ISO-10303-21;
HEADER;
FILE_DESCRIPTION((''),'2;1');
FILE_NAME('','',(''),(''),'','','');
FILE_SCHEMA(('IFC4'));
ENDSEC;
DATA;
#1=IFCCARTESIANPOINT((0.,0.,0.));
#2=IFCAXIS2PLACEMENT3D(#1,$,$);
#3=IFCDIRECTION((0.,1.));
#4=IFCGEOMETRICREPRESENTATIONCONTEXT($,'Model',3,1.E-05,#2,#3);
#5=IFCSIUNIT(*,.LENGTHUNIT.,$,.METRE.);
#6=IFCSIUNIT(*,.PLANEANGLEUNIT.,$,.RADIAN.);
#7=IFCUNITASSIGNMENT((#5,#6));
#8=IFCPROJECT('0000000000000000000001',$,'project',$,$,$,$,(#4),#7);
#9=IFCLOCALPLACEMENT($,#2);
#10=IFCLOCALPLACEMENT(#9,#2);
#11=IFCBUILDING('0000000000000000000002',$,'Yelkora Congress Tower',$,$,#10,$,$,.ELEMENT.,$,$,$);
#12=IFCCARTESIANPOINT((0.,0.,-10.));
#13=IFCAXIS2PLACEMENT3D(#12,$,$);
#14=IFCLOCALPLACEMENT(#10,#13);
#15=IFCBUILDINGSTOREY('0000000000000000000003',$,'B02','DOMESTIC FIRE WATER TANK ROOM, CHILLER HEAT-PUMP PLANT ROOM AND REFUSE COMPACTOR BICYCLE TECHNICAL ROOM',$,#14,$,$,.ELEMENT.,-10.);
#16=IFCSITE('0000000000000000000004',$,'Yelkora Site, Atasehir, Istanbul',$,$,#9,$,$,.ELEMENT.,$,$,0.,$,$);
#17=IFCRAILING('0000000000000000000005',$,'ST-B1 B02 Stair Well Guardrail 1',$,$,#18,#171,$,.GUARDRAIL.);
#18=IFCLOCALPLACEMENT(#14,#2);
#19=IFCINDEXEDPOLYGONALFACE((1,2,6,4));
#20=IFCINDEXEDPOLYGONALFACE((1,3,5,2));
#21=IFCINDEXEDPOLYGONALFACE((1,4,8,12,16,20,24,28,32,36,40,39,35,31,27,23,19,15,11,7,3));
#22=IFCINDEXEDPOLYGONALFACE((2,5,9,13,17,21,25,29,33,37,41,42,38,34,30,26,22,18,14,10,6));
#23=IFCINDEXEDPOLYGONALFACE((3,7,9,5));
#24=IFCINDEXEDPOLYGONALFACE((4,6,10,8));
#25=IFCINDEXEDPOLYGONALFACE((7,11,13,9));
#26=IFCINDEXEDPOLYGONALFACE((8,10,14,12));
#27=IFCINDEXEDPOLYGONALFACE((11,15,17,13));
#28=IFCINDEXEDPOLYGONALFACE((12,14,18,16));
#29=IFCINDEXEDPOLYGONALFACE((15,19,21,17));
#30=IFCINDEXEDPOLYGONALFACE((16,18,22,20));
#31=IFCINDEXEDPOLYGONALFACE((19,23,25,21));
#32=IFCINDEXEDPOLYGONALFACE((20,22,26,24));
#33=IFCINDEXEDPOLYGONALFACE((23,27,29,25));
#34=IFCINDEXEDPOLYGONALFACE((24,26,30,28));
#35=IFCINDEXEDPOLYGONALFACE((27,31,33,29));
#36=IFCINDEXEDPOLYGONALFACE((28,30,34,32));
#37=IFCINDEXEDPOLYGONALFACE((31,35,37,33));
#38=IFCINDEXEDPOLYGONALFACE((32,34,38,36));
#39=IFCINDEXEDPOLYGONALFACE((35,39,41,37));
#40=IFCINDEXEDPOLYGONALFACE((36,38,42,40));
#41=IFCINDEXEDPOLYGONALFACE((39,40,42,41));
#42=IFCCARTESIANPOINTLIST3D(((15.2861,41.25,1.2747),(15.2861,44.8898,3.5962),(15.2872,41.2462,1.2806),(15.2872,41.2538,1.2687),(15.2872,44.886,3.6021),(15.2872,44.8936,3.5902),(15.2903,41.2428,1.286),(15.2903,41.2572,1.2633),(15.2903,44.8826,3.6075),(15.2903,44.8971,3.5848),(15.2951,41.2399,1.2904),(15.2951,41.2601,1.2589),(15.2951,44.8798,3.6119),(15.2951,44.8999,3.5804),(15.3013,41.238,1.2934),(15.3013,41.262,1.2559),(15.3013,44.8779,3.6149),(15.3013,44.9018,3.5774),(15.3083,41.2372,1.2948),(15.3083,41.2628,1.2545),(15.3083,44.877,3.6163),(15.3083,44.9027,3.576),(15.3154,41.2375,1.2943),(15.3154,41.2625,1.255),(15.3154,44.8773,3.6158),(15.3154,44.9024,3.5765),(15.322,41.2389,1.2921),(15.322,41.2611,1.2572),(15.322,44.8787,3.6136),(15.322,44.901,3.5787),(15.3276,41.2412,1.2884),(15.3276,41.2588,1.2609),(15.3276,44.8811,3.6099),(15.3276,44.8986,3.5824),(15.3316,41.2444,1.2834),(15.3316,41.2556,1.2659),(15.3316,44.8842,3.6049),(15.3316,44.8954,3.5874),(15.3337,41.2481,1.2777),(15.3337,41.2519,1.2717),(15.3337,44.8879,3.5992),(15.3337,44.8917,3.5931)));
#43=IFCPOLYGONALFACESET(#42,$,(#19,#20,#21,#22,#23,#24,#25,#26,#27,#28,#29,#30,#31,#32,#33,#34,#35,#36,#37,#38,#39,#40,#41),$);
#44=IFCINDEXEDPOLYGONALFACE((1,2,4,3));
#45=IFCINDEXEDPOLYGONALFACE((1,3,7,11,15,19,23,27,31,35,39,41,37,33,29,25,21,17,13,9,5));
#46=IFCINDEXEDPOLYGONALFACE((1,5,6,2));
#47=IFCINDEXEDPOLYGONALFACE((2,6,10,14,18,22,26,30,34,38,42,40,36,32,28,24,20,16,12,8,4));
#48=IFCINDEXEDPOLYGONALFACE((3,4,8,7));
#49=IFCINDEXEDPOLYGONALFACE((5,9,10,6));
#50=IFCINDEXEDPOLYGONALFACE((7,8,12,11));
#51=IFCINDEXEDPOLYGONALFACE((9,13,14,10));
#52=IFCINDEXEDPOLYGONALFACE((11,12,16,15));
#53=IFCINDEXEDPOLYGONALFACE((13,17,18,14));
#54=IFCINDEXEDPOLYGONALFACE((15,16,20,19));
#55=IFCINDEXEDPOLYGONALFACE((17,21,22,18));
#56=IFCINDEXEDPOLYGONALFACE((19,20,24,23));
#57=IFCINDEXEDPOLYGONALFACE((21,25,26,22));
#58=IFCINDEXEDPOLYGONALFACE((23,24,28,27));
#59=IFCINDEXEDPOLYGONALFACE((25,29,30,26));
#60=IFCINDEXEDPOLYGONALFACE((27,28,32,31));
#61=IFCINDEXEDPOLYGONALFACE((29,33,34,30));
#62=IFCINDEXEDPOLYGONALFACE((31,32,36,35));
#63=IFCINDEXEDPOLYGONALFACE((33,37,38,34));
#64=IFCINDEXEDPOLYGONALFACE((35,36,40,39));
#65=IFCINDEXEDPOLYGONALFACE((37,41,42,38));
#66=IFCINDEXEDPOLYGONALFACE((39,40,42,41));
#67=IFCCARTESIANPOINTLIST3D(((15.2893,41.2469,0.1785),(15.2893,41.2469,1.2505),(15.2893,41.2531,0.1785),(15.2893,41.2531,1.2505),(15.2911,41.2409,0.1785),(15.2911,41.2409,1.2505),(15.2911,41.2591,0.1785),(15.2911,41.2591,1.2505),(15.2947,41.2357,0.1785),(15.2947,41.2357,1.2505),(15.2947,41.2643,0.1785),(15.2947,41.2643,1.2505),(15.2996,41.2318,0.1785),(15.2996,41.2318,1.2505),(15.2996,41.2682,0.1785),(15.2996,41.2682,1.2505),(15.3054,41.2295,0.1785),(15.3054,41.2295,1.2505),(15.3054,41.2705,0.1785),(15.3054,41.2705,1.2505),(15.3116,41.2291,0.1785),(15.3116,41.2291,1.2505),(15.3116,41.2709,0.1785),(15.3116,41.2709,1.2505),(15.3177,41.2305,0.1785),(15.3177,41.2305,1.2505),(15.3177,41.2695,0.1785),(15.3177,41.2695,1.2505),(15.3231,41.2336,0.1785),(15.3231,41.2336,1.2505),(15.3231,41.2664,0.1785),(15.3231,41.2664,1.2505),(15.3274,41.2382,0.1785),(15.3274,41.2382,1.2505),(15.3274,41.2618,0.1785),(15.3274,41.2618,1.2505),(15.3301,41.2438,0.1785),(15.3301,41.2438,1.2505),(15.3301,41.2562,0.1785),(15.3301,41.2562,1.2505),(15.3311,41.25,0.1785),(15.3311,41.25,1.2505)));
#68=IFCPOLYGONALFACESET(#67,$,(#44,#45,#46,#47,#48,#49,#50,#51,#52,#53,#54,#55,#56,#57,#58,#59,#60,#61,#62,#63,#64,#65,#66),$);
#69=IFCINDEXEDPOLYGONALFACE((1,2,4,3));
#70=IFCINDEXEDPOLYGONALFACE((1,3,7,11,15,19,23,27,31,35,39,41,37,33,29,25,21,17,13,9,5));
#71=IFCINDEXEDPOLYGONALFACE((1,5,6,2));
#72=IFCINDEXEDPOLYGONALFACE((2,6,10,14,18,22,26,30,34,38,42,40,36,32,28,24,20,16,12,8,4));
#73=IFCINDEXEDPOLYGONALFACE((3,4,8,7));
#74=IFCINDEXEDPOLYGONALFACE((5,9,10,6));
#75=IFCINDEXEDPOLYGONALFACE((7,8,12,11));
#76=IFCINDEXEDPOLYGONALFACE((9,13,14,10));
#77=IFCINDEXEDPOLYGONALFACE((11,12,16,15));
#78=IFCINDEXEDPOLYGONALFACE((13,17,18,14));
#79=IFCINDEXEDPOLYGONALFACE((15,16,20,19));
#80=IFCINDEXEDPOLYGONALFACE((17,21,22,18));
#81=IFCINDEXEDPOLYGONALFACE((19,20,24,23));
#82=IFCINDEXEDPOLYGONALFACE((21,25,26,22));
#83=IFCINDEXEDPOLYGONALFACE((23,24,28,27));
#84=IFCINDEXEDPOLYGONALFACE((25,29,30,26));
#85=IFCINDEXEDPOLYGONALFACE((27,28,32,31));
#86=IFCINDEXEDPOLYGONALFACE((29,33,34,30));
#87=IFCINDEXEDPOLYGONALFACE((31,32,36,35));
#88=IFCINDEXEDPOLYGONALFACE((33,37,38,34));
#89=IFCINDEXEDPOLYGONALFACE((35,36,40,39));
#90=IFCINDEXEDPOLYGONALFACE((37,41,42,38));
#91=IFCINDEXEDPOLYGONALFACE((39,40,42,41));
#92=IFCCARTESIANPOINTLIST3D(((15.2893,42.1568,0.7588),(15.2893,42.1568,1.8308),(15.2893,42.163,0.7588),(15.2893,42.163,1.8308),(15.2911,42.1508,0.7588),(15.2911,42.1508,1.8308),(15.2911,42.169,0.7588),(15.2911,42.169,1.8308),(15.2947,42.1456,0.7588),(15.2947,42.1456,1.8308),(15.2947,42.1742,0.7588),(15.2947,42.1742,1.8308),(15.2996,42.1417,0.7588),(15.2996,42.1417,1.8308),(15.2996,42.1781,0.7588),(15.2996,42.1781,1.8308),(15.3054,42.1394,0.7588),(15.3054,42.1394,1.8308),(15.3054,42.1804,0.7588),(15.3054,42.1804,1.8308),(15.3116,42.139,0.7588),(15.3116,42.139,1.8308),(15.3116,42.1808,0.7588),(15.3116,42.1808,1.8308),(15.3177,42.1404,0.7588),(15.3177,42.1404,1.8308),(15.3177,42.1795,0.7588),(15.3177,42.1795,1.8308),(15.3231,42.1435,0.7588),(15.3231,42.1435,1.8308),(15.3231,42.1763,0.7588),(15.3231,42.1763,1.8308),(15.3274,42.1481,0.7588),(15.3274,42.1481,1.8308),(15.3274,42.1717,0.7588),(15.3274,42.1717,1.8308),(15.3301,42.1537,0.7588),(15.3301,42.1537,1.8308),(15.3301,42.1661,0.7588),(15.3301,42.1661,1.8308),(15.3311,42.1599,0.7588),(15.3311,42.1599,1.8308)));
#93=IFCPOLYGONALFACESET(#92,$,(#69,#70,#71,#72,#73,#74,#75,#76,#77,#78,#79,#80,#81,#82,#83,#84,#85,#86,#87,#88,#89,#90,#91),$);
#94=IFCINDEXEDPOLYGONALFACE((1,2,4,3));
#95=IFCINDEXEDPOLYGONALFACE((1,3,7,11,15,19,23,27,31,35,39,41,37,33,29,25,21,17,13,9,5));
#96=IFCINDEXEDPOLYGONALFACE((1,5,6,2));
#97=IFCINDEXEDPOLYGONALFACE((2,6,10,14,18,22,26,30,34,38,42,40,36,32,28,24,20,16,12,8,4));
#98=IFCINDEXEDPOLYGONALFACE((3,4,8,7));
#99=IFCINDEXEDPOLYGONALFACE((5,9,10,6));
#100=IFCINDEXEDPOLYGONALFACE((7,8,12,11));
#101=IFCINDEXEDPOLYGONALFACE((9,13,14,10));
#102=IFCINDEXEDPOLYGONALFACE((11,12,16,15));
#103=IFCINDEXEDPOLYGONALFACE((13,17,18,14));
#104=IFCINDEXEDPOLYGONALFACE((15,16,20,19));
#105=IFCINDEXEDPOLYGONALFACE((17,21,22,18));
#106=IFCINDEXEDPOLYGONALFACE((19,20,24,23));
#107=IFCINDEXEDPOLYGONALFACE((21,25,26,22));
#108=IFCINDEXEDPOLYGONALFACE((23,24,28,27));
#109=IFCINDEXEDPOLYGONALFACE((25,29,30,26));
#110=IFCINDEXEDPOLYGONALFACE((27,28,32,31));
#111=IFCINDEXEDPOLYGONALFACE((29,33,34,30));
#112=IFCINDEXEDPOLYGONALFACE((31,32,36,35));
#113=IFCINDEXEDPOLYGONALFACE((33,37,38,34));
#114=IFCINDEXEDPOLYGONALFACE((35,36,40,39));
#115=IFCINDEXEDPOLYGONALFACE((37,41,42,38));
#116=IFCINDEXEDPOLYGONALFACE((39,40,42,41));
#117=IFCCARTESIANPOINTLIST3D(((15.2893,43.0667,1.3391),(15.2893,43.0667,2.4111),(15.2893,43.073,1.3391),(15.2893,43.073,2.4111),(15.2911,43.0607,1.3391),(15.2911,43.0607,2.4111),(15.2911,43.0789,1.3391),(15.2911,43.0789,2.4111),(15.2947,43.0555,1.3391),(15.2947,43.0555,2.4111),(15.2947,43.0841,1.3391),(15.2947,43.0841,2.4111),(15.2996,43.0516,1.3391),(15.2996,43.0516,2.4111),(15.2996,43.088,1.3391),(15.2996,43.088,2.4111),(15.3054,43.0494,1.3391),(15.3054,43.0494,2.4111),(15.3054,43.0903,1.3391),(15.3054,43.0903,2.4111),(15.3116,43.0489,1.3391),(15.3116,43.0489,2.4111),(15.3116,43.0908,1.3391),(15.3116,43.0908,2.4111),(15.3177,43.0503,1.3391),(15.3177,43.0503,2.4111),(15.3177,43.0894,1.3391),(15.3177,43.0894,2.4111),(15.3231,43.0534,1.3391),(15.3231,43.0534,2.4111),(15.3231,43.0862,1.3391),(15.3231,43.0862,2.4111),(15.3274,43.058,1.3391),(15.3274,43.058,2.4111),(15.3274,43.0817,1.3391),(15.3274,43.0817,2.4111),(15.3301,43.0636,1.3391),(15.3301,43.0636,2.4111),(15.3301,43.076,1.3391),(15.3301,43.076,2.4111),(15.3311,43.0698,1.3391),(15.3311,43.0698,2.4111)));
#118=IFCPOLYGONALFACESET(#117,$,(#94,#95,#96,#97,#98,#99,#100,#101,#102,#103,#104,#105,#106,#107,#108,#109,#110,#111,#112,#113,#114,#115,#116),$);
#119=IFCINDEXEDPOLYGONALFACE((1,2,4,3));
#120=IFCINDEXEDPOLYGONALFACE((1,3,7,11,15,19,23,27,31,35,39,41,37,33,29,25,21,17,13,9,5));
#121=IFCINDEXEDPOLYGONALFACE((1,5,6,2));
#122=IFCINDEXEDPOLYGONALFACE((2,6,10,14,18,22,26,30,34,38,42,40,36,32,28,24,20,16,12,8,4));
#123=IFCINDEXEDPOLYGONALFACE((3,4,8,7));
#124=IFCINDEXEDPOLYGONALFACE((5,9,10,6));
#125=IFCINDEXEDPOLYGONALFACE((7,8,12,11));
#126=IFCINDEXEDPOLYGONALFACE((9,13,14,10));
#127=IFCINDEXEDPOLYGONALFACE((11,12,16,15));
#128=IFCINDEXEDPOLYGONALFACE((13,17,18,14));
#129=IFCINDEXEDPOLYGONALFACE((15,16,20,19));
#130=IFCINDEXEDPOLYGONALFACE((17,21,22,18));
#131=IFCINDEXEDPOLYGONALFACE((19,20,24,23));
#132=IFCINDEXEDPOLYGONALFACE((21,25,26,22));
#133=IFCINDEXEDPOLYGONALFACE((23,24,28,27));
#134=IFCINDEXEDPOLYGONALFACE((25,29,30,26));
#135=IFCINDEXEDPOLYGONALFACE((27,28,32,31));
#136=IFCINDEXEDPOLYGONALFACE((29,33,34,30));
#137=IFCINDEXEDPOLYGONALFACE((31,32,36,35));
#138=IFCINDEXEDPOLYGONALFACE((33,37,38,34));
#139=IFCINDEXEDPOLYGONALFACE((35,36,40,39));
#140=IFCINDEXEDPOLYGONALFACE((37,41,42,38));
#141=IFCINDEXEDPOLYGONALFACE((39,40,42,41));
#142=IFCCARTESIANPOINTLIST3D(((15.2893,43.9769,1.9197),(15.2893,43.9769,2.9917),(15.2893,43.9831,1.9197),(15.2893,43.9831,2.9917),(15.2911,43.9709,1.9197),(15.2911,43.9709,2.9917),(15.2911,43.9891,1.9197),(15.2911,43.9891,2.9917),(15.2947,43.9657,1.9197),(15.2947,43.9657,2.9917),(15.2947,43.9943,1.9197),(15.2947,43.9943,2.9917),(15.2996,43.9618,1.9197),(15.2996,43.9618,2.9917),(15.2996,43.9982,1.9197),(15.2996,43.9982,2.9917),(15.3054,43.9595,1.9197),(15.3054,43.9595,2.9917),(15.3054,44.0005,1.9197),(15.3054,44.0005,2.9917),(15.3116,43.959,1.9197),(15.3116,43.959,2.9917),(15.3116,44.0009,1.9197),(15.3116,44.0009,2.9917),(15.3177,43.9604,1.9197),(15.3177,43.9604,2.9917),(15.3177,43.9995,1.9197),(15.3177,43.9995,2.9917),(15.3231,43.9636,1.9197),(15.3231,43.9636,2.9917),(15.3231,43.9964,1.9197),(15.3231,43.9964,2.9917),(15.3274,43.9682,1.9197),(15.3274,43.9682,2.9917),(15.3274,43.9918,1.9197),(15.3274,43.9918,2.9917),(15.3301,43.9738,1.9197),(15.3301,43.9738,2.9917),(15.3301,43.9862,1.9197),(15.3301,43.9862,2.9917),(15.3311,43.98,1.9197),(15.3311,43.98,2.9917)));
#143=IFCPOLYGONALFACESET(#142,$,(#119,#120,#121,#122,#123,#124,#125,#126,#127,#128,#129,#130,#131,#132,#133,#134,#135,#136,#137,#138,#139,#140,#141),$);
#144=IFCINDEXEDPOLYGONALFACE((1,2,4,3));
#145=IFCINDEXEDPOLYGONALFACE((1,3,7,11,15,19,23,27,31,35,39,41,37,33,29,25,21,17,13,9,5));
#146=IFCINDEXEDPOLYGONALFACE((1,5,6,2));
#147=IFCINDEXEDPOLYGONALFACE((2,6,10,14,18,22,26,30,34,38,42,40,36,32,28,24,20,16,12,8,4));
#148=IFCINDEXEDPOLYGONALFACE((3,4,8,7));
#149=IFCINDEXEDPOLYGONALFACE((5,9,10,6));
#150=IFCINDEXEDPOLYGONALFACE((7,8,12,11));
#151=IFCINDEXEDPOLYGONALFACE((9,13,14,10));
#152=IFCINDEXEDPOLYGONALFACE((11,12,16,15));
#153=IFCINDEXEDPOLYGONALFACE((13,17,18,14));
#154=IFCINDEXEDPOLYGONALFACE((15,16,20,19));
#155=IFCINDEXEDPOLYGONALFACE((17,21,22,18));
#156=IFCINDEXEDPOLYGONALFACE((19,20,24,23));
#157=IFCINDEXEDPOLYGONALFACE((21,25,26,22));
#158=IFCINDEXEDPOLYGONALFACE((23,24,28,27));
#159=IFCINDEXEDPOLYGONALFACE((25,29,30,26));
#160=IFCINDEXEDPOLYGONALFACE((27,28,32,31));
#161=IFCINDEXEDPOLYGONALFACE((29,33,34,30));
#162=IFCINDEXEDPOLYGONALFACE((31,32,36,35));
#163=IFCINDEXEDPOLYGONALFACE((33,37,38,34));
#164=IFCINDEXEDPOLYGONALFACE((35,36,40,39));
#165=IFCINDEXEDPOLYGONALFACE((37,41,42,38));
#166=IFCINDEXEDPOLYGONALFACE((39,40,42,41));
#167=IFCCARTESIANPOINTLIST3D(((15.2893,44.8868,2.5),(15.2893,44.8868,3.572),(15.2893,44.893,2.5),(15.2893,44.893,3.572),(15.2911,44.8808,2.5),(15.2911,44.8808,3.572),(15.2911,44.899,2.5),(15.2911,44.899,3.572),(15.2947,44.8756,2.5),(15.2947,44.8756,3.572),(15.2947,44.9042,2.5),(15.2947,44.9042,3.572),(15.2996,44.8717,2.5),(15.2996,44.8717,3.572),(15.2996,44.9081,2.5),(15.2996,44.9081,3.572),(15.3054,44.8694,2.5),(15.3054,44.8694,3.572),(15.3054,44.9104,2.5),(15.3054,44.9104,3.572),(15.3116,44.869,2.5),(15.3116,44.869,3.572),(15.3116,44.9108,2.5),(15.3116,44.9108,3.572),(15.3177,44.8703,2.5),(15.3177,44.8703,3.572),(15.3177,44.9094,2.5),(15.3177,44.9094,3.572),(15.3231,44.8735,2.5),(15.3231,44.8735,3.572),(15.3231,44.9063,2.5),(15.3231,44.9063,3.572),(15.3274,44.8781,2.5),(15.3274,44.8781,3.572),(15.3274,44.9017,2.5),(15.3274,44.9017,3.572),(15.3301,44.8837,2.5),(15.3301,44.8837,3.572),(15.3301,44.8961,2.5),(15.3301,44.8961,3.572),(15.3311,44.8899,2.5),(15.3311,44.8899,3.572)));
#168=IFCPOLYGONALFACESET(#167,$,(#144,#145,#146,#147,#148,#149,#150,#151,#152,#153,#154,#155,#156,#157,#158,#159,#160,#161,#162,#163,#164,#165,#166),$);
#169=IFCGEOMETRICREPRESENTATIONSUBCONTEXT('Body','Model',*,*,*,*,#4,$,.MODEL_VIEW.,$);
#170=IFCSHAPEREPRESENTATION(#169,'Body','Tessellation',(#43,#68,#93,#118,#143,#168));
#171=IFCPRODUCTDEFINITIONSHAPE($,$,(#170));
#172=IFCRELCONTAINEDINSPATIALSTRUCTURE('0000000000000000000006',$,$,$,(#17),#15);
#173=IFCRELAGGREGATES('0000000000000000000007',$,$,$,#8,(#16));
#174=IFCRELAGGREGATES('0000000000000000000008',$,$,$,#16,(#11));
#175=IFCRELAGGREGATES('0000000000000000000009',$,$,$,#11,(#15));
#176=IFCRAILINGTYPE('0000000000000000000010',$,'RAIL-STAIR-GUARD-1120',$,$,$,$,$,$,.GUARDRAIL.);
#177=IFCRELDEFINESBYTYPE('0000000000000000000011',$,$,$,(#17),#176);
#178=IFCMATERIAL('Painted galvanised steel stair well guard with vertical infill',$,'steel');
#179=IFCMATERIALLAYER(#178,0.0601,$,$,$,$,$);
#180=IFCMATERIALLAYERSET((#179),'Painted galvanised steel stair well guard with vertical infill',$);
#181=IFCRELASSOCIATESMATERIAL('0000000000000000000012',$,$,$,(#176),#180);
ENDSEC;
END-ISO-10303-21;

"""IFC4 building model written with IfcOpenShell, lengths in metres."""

from ifc_helpers import new_model, si_unit, direction, frame, origin, origin_2d, place, context, subcontext, project, spatial, circle, extrude, material, layer, layer_set, type_object, element, save


model = new_model("IFC4")

# Units and contexts
model_context = context("Model", 3, precision=1e-05, world=origin(), true_north=direction((0.0, 1.0)))
body_context = subcontext(model_context, "Body", "Model", "MODEL_VIEW")
ifc_project = project(units=[si_unit("LENGTHUNIT", "METRE"), si_unit("PLANEANGLEUNIT", "RADIAN")], contexts=[model_context])

# Site, building, storey
site_placement = place(None, origin())
site = spatial("IfcSite", under=ifc_project, at=site_placement, Name="Yelkora Site, Atasehir, Istanbul", CompositionType="ELEMENT", RefElevation=0.0)
building_placement = place(site_placement, origin())
building = spatial("IfcBuilding", under=site, at=building_placement, Name="Yelkora Congress Tower", CompositionType="ELEMENT")
storey_placement = place(building_placement, frame((0.0, 0.0, -10.0)))
storey = spatial("IfcBuildingStorey", under=building, at=storey_placement, Name="B02", Description="DOMESTIC FIRE WATER TANK ROOM, CHILLER HEAT-PUMP PLANT ROOM AND REFUSE COMPACTOR BICYCLE TECHNICAL ROOM", CompositionType="ELEMENT", Elevation=-10.0)

# Railing
ifc_material_1 = material(Name="Painted galvanised steel stair well guard with vertical infill", Category="steel")
ifc_layer_1 = layer(ifc_material_1, 0.0601)
ifc_layer_set_1 = layer_set([ifc_layer_1], Name="Painted galvanised steel stair well guard with vertical infill")
railing_type_1 = type_object("IfcRailingType", Name="RAIL-STAIR-GUARD-1120", PredefinedType="GUARDRAIL", material=ifc_layer_set_1)
railing_1_placement = place(storey_placement, frame((15.3101, 41.25, 0.1785)))
element("IfcRailing", 1, at=railing_1_placement, inside=storey, type_object=railing_type_1, Name="ST-B1 B02 Stair Well Guardrail 1", PredefinedType="GUARDRAIL", context=body_context, shape_type="SweptSolid", body=[
    extrude(circle(Radius=0.0239, at=origin_2d()), frame((0.0, 0.0, 1.0962), z_axis=(0.0, 0.843112, 0.537739), x_axis=(-1.0, 0.0, 0.0)), (0.0, 0.0, 1.0), 4.3171),
    extrude(circle(Radius=0.021, at=origin_2d()), origin(), (0.0, 0.0, 1.0), 1.072),
    extrude(circle(Radius=0.021, at=origin_2d()), frame((0.0, 0.9099, 0.5803)), (0.0, 0.0, 1.0), 1.072),
    extrude(circle(Radius=0.021, at=origin_2d()), frame((0.0, 1.8198, 1.1606)), (0.0, 0.0, 1.0), 1.072),
    extrude(circle(Radius=0.021, at=origin_2d()), frame((0.0, 2.73, 1.7412)), (0.0, 0.0, 1.0), 1.072),
    extrude(circle(Radius=0.021, at=origin_2d()), frame((0.0, 3.6399, 2.3215)), (0.0, 0.0, 1.0), 1.072),
])

save(model, "model.ifc")
